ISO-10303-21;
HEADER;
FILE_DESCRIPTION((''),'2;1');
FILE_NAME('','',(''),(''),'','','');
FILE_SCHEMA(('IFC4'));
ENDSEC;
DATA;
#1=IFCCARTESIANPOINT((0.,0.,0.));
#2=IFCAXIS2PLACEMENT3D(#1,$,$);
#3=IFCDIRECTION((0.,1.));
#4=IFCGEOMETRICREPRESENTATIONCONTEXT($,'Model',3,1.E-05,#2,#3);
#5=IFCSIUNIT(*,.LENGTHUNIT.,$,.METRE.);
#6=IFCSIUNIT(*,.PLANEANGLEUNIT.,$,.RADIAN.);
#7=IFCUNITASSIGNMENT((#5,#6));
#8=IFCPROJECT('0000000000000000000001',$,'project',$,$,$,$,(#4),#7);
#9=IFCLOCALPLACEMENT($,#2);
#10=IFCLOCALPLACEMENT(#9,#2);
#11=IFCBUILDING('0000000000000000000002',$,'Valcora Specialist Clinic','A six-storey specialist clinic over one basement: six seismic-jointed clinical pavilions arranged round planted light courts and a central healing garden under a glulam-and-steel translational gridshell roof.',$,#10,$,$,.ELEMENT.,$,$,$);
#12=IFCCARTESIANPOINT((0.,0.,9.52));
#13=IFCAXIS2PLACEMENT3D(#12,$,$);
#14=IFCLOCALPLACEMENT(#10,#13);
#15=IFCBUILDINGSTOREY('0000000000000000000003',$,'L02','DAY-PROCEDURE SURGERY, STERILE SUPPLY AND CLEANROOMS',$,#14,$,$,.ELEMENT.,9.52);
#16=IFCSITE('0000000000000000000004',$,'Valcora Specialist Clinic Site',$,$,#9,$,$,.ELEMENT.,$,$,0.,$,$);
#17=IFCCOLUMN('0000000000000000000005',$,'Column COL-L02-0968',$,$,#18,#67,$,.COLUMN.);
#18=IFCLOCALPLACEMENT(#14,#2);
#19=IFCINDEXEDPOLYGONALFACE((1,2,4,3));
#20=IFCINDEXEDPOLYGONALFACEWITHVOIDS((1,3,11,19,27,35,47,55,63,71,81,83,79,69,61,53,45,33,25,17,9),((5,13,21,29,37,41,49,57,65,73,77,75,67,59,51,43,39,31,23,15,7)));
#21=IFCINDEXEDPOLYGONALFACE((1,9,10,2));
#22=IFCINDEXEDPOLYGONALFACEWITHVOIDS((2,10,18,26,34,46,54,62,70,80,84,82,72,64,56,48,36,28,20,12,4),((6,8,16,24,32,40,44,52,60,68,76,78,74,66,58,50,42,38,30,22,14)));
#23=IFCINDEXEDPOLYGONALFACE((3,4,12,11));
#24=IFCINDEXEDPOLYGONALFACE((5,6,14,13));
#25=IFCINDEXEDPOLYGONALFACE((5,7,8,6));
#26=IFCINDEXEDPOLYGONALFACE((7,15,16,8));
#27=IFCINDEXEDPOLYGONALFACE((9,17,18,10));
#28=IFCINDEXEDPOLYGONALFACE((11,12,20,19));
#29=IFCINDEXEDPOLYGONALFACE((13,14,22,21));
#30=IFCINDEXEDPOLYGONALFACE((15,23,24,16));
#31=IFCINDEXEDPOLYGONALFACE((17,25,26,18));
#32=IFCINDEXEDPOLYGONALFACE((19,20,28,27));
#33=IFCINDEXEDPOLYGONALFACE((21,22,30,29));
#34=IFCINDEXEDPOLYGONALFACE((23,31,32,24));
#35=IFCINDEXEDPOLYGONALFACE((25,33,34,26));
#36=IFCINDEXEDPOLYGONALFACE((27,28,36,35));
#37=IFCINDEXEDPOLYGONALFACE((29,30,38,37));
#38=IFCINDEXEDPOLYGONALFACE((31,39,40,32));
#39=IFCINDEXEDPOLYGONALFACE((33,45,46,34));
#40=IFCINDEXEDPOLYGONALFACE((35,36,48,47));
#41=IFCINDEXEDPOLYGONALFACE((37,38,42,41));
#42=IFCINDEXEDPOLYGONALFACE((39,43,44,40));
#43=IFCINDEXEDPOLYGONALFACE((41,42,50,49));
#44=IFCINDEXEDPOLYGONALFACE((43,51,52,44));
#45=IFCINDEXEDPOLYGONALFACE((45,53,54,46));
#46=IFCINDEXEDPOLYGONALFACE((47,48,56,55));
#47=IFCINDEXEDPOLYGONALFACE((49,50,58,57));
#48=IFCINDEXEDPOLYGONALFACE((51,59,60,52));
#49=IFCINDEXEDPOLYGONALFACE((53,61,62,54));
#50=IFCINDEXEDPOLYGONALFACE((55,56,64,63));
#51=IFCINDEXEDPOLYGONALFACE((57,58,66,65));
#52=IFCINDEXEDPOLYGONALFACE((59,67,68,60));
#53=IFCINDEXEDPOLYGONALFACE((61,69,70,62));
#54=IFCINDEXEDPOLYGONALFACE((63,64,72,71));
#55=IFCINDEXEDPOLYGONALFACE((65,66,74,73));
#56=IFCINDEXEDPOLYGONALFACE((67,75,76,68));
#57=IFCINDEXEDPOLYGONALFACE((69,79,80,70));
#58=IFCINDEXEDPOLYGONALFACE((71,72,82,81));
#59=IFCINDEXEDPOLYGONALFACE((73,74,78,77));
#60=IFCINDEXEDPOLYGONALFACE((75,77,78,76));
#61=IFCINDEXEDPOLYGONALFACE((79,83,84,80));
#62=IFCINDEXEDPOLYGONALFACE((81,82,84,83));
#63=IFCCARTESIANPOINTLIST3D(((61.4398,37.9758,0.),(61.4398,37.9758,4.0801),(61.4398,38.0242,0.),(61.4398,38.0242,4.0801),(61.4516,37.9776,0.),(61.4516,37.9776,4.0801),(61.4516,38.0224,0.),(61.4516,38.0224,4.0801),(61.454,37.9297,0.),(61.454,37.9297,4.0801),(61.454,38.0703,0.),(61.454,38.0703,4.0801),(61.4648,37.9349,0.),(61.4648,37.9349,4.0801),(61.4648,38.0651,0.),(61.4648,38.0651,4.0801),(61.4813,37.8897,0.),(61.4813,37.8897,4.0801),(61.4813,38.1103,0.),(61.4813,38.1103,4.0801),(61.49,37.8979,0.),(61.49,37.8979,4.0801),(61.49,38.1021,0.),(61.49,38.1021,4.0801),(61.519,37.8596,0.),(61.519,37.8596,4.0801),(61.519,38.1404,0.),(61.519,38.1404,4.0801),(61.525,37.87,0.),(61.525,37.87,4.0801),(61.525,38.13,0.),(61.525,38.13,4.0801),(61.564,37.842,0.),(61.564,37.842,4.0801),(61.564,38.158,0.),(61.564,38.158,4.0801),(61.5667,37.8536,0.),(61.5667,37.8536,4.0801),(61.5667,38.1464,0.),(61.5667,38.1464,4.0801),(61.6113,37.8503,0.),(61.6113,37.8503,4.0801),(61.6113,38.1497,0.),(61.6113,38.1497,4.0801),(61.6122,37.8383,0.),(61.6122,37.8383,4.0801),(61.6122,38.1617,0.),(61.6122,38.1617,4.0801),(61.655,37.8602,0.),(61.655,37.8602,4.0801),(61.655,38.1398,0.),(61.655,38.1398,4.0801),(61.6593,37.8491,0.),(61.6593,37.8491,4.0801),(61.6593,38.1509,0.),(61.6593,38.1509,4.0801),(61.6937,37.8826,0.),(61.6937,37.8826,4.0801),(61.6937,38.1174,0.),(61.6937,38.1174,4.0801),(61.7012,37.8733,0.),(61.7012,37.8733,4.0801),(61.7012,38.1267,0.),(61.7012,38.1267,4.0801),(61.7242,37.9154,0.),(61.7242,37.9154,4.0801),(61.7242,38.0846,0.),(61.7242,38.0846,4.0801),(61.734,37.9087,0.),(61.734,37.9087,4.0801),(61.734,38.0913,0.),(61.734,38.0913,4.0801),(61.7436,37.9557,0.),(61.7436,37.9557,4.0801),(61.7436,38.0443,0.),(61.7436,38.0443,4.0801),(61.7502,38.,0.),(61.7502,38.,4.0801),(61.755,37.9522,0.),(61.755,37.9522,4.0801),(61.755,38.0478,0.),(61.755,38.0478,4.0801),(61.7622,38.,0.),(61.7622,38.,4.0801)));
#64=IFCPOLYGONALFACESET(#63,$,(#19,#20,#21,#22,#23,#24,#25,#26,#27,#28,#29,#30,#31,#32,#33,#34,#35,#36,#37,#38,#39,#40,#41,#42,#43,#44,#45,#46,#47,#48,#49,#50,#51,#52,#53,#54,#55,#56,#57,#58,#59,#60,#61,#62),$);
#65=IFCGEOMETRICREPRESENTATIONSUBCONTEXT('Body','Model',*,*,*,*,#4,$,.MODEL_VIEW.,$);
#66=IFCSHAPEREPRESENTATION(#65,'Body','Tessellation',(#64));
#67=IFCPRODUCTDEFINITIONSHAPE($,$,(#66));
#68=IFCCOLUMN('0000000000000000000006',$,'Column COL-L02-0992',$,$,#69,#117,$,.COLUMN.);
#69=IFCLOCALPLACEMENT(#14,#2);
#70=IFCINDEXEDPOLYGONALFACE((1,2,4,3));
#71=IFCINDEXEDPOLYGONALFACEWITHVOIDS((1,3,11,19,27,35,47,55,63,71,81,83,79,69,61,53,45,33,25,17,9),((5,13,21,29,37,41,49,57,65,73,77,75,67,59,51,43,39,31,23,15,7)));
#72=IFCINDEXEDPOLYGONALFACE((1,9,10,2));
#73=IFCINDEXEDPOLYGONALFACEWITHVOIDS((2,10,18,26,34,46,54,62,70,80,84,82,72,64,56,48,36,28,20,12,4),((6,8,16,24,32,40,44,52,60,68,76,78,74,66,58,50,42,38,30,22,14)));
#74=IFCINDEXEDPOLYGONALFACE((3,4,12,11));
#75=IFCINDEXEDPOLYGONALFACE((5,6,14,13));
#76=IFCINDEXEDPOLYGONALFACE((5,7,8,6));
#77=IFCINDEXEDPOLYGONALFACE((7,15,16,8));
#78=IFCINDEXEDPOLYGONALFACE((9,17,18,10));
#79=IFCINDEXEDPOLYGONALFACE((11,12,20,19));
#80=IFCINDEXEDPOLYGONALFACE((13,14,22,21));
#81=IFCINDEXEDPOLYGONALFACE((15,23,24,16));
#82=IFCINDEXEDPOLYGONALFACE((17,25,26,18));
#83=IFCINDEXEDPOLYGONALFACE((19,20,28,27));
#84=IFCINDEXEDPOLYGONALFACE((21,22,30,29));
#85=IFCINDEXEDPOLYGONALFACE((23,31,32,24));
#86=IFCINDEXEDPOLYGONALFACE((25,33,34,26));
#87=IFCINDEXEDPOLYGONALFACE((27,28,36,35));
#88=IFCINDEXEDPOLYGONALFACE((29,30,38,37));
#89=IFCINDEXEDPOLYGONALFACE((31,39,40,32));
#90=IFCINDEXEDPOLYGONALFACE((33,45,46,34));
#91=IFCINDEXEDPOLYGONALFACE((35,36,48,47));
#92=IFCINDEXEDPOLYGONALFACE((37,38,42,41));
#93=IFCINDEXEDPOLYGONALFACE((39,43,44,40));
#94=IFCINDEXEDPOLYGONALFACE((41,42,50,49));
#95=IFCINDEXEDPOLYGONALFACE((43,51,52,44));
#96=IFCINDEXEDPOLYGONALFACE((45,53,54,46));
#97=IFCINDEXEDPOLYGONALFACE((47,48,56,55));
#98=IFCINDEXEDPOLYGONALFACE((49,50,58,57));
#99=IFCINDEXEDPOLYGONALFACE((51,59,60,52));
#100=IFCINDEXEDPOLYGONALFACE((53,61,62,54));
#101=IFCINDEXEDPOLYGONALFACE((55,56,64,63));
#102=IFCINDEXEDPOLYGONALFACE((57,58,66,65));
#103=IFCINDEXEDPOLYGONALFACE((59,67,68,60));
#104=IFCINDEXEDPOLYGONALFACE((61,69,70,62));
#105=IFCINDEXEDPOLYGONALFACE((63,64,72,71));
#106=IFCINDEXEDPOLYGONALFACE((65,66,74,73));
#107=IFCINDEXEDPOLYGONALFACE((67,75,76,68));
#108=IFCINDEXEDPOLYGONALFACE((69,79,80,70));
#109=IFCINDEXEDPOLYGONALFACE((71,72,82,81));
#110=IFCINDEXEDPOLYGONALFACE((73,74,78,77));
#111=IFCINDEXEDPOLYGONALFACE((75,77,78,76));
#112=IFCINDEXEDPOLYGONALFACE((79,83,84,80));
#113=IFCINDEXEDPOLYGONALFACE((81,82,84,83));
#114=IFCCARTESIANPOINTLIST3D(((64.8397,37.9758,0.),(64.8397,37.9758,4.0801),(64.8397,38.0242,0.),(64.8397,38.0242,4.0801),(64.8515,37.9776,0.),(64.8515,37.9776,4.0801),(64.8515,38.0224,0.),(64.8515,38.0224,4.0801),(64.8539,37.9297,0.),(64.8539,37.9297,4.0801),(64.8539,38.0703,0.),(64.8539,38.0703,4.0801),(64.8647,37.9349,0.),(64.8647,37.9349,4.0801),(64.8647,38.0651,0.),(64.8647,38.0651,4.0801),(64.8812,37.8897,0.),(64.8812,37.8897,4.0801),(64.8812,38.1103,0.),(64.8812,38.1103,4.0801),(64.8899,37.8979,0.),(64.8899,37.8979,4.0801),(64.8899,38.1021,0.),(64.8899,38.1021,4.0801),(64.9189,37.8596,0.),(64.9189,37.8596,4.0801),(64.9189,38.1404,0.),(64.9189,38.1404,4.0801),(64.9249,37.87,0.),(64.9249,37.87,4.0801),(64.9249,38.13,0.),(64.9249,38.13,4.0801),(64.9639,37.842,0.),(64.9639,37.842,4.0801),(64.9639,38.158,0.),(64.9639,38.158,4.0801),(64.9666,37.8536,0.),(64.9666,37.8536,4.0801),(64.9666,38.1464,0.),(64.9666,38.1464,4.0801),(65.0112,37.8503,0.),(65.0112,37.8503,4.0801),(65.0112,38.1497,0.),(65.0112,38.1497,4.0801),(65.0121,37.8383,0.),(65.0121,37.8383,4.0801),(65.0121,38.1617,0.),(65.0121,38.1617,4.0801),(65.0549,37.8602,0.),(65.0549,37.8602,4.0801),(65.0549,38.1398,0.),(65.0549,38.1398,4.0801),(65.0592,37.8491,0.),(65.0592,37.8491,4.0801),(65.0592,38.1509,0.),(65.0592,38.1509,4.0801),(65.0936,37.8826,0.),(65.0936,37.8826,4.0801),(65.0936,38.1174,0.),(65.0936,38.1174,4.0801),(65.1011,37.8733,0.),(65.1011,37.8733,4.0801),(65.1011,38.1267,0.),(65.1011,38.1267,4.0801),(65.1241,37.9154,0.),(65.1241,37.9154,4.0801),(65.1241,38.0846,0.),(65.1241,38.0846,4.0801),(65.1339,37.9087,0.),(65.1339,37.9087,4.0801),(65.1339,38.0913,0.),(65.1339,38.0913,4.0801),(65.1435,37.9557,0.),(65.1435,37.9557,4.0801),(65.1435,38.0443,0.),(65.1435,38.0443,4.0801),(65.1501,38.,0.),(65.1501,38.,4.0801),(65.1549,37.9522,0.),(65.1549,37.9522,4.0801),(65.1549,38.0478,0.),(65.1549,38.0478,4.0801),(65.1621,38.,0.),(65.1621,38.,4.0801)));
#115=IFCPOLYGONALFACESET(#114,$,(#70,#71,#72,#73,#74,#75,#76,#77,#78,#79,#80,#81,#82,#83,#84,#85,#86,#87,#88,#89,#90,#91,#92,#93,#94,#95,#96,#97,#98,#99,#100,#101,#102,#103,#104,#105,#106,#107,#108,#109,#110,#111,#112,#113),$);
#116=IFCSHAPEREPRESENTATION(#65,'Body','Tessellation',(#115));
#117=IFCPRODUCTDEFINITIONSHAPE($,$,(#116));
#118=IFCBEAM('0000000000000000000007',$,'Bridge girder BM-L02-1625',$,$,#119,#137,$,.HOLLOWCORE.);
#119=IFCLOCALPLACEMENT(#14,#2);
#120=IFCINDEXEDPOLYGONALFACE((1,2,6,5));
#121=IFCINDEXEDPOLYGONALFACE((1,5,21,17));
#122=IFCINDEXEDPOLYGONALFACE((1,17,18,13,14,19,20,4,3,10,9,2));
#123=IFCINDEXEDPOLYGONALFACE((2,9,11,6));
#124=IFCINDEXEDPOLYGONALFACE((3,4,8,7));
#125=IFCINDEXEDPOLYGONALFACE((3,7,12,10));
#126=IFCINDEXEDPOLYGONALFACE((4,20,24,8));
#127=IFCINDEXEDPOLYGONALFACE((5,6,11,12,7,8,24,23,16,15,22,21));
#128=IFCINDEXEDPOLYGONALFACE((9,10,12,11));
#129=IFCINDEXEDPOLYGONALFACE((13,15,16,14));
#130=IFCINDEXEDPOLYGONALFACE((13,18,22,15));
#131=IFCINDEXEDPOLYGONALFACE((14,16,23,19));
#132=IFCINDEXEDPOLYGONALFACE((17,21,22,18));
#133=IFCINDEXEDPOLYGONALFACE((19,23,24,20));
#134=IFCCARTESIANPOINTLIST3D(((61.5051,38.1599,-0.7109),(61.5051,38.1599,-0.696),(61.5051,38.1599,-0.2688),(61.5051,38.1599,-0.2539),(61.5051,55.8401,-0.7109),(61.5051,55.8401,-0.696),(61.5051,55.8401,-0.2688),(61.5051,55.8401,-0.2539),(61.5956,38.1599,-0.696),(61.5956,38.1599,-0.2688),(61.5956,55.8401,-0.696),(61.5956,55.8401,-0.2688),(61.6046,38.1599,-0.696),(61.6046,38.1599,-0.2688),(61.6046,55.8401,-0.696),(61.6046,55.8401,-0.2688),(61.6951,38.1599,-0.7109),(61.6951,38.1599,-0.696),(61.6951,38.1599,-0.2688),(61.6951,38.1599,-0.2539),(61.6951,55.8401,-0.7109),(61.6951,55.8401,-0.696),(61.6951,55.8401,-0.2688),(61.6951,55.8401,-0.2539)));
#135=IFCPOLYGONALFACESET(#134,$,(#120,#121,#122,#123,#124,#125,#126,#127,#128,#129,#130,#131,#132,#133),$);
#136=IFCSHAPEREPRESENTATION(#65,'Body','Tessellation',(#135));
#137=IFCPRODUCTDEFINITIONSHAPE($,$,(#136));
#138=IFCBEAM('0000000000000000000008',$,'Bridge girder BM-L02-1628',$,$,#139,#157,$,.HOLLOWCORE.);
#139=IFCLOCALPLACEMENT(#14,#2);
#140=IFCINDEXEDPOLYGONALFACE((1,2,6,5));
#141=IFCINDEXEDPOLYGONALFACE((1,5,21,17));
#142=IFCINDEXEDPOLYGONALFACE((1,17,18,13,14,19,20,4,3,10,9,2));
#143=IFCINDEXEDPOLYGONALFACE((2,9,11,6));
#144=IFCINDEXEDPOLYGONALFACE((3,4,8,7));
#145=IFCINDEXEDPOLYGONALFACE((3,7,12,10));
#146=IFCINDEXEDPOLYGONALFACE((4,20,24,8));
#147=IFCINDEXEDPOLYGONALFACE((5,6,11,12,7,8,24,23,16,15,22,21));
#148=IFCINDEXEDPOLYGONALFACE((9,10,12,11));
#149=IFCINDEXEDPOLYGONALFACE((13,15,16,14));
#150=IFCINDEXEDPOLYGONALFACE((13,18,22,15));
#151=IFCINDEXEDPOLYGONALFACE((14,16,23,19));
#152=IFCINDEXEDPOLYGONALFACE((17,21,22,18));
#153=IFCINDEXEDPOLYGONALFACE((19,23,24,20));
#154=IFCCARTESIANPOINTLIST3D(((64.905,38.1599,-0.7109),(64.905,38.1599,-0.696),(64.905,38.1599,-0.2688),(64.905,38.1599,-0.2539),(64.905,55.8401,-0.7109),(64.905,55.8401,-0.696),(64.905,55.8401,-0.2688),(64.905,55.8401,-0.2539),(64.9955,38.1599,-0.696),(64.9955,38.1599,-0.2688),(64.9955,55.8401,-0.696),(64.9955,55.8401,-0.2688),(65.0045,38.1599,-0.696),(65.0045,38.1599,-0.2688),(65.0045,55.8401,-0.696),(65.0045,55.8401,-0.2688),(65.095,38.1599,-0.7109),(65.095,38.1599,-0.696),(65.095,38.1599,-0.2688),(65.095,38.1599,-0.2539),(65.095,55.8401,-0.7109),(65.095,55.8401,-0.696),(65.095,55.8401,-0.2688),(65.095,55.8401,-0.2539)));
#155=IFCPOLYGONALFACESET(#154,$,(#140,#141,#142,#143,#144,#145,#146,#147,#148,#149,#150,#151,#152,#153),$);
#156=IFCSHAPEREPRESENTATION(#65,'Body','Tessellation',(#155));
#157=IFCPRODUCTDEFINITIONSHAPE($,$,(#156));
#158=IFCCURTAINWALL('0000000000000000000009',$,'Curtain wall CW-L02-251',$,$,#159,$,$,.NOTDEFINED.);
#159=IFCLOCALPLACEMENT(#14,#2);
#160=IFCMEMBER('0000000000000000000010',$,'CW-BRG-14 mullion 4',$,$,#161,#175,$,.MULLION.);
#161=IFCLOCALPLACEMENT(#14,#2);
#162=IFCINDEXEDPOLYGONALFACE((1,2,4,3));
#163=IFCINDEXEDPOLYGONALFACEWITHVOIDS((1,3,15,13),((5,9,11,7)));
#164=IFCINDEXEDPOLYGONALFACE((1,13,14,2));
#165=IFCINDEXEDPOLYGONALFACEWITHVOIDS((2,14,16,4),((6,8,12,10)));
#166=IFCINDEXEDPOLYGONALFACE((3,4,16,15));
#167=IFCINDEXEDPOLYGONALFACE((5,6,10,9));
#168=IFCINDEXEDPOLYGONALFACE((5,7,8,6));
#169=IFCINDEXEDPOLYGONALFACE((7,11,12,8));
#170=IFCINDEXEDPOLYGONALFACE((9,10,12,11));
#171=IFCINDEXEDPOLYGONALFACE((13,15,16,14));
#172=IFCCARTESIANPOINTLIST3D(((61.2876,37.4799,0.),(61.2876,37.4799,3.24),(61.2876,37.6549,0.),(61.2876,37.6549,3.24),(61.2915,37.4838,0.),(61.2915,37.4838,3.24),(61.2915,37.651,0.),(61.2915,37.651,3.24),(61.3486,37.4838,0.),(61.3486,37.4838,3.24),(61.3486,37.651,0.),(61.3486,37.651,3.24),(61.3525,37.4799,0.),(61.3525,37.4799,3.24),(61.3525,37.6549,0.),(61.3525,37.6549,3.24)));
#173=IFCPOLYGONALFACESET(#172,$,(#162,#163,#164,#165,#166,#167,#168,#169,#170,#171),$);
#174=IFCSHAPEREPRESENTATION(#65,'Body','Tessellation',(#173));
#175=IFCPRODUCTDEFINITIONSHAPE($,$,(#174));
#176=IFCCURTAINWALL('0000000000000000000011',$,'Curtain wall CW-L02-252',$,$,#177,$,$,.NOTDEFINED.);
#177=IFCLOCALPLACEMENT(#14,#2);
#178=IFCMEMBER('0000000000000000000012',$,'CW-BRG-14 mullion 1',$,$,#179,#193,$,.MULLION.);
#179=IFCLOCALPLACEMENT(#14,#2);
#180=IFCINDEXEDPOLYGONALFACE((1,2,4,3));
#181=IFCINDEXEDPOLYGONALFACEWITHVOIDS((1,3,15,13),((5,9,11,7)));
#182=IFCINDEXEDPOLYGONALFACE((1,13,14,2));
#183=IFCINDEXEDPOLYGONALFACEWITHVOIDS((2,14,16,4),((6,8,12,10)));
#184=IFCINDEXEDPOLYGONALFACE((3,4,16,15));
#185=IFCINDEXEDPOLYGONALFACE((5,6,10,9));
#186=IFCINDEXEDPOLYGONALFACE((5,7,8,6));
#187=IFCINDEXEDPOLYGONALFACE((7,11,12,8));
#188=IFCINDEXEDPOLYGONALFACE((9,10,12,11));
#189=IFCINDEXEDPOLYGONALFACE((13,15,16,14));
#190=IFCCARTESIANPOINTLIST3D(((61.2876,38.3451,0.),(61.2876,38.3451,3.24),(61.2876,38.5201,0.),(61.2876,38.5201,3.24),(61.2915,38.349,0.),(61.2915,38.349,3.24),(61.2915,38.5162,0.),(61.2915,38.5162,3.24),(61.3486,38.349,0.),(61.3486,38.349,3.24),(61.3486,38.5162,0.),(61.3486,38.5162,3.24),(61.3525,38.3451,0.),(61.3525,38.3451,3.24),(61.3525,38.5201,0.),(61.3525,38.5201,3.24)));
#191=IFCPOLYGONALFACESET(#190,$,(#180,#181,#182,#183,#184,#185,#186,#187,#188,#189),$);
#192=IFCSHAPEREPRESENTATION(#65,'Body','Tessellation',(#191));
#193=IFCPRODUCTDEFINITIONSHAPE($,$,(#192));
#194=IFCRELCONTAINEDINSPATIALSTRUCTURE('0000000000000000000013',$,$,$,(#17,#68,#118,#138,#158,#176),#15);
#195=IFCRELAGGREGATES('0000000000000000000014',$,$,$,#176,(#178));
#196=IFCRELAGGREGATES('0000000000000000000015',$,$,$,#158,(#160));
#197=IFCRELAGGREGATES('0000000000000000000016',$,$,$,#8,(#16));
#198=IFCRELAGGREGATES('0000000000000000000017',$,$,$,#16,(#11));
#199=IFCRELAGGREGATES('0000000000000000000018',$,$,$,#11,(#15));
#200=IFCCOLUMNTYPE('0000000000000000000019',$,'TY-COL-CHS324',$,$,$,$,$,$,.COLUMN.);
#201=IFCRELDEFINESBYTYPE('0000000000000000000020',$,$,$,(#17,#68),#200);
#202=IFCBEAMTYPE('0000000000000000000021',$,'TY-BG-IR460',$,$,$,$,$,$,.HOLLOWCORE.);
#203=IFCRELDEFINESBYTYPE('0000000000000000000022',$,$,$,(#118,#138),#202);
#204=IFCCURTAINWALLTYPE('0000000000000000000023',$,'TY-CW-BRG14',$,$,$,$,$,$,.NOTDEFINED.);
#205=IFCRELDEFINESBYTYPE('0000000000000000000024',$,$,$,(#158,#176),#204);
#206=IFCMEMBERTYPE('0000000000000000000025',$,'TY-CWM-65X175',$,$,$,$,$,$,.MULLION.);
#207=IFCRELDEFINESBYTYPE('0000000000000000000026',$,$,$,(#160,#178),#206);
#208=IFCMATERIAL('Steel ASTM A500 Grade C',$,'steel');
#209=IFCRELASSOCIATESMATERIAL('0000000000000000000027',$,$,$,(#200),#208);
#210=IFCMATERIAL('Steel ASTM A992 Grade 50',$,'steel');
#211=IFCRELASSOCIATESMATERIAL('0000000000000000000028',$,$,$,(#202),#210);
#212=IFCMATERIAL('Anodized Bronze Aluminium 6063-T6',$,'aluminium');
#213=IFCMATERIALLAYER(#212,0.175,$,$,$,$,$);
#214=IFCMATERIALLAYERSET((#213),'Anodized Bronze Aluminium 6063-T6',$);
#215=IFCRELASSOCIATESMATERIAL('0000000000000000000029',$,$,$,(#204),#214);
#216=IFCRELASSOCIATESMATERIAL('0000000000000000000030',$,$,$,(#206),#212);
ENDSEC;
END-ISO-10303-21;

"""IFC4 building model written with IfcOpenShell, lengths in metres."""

from ifc_helpers import new_model, si_unit, direction, frame, origin, origin_2d, place, context, subcontext, project, spatial, hollow_rectangle, hollow_circle, i_section, extrude, material, layer, layer_set, material_profile, profile_set, type_object, element, aggregate, save


model = new_model("IFC4")

# Units and contexts
model_context = context("Model", 3, precision=1e-05, world=origin(), true_north=direction((0.0, 1.0)))
body_context = subcontext(model_context, "Body", "Model", "MODEL_VIEW")
ifc_project = project(units=[si_unit("LENGTHUNIT", "METRE"), si_unit("PLANEANGLEUNIT", "RADIAN")], contexts=[model_context])

# Site, building, storey
site_placement = place(None, origin())
site = spatial("IfcSite", under=ifc_project, at=site_placement, Name="Valcora Specialist Clinic Site", CompositionType="ELEMENT", RefElevation=0.0)
building_placement = place(site_placement, origin())
building = spatial("IfcBuilding", under=site, at=building_placement, Name="Valcora Specialist Clinic", Description="A six-storey specialist clinic over one basement: six seismic-jointed clinical pavilions arranged round planted light courts and a central healing garden under a glulam-and-steel translational gridshell roof.", CompositionType="ELEMENT")
storey_placement = place(building_placement, frame((0.0, 0.0, 9.52)))
storey = spatial("IfcBuildingStorey", under=building, at=storey_placement, Name="L02", Description="DAY-PROCEDURE SURGERY, STERILE SUPPLY AND CLEANROOMS", CompositionType="ELEMENT", Elevation=9.52)

# Columns
ifc_material_1 = material(Name="Steel ASTM A500 Grade C", Category="steel")
ifc_material_profile_1 = material_profile(ifc_material_1, hollow_circle(Radius=0.1621, WallThickness=0.012, at=origin_2d()), Name="ST-CHS-324X12")
ifc_profile_set_1 = profile_set([ifc_material_profile_1], Name="Steel ASTM A500 Grade C")
column_type = type_object("IfcColumnType", Name="TY-COL-CHS324", PredefinedType="COLUMN", material=ifc_profile_set_1)
for number, where, z_axis, x_axis, name in (
    (1, (61.6001, 38.0, 0.0), (0.0, 0.0, 1.0), (1.0, 0.0, 0.0), "Column COL-L02-0968"),
    (2, (65.0, 38.0, 0.0), (0.0, 0.0, 1.0), (1.0, 0.0, 0.0), "Column COL-L02-0992"),
):
    element("IfcColumn", number, at=place(storey_placement, frame(where, z_axis=z_axis, x_axis=x_axis)), inside=storey, type_object=column_type, Name=name, PredefinedType="COLUMN", context=body_context, shape_type="SweptSolid", body=[
        extrude(hollow_circle(Radius=0.1621, WallThickness=0.012, at=origin_2d()), origin(), (0.0, 0.0, 1.0), 4.0801),
    ])

# Beams
ifc_material_2 = material(Name="Steel ASTM A992 Grade 50", Category="steel")
ifc_material_profile_2 = material_profile(ifc_material_2, i_section(OverallWidth=0.1899, OverallDepth=0.457, WebThickness=0.009, FlangeThickness=0.0149, at=origin_2d()), Name="ST-IR-460X190")
ifc_profile_set_2 = profile_set([ifc_material_profile_2], Name="Steel ASTM A992 Grade 50")
beam_type = type_object("IfcBeamType", Name="TY-BG-IR460", PredefinedType="HOLLOWCORE", material=ifc_profile_set_2)
for number, where, z_axis, x_axis, name in (
    (3, (61.6001, 38.1599, -0.4824), (0.0, 1.0, 0.0), (-1.0, 0.0, 0.0), "Bridge girder BM-L02-1625"),
    (4, (65.0, 38.1599, -0.4824), (0.0, 1.0, 0.0), (-1.0, 0.0, 0.0), "Bridge girder BM-L02-1628"),
):
    element("IfcBeam", number, at=place(storey_placement, frame(where, z_axis=z_axis, x_axis=x_axis)), inside=storey, type_object=beam_type, Name=name, PredefinedType="HOLLOWCORE", context=body_context, shape_type="SweptSolid", body=[
        extrude(i_section(OverallWidth=0.1899, OverallDepth=0.457, WebThickness=0.009, FlangeThickness=0.0149, at=origin_2d()), origin(), (0.0, 0.0, 1.0), 17.6802),
    ])

# Curtain wall, member
ifc_material_3 = material(Name="Anodized Bronze Aluminium 6063-T6", Category="aluminium")
ifc_layer_1 = layer(ifc_material_3, 0.175)
ifc_layer_set_1 = layer_set([ifc_layer_1], Name="Anodized Bronze Aluminium 6063-T6")
curtain_wall_type = type_object("IfcCurtainWallType", Name="TY-CW-BRG14", PredefinedType="NOTDEFINED", material=ifc_layer_set_1)
curtain_wall_1_placement = place(storey_placement, origin())
curtain_wall_1 = element("IfcCurtainWall", 5, at=curtain_wall_1_placement, inside=storey, type_object=curtain_wall_type, Name="Curtain wall CW-L02-251", PredefinedType="NOTDEFINED")
ifc_material_profile_3 = material_profile(ifc_material_3, hollow_rectangle(XDim=0.0649, YDim=0.175, WallThickness=0.0039, at=origin_2d()), Name="AL-MUL-65X175")
ifc_profile_set_3 = profile_set([ifc_material_profile_3], Name="Anodized Bronze Aluminium 6063-T6")
member_type_1 = type_object("IfcMemberType", Name="TY-CWM-65X175", PredefinedType="MULLION", material=ifc_profile_set_3)
member_1_placement = place(storey_placement, frame((61.3201, 37.5674, 0.0), z_axis=(0.0, 0.0, 1.0), x_axis=(-1.0, 0.0, 0.0)))
member_1 = element("IfcMember", 6, at=member_1_placement, type_object=member_type_1, Name="CW-BRG-14 mullion 4", PredefinedType="MULLION", context=body_context, shape_type="SweptSolid", body=[
    extrude(hollow_rectangle(XDim=0.0649, YDim=0.175, WallThickness=0.0039, at=origin_2d()), origin(), (0.0, 0.0, 1.0), 3.24),
])

# Curtain wall, member
curtain_wall_2_placement = place(storey_placement, origin())
curtain_wall_2 = element("IfcCurtainWall", 7, at=curtain_wall_2_placement, inside=storey, type_object=curtain_wall_type, Name="Curtain wall CW-L02-252", PredefinedType="NOTDEFINED")
member_2_placement = place(storey_placement, frame((61.3201, 38.4326, 0.0), z_axis=(0.0, 0.0, 1.0), x_axis=(-1.0, 0.0, 0.0)))
member_2 = element("IfcMember", 8, at=member_2_placement, type_object=member_type_1, Name="CW-BRG-14 mullion 1", PredefinedType="MULLION", context=body_context, shape_type="SweptSolid", body=[
    extrude(hollow_rectangle(XDim=0.0649, YDim=0.175, WallThickness=0.0039, at=origin_2d()), origin(), (0.0, 0.0, 1.0), 3.24),
])

aggregate(curtain_wall_2, [member_2])
aggregate(curtain_wall_1, [member_1])

save(model, "model.ifc")
